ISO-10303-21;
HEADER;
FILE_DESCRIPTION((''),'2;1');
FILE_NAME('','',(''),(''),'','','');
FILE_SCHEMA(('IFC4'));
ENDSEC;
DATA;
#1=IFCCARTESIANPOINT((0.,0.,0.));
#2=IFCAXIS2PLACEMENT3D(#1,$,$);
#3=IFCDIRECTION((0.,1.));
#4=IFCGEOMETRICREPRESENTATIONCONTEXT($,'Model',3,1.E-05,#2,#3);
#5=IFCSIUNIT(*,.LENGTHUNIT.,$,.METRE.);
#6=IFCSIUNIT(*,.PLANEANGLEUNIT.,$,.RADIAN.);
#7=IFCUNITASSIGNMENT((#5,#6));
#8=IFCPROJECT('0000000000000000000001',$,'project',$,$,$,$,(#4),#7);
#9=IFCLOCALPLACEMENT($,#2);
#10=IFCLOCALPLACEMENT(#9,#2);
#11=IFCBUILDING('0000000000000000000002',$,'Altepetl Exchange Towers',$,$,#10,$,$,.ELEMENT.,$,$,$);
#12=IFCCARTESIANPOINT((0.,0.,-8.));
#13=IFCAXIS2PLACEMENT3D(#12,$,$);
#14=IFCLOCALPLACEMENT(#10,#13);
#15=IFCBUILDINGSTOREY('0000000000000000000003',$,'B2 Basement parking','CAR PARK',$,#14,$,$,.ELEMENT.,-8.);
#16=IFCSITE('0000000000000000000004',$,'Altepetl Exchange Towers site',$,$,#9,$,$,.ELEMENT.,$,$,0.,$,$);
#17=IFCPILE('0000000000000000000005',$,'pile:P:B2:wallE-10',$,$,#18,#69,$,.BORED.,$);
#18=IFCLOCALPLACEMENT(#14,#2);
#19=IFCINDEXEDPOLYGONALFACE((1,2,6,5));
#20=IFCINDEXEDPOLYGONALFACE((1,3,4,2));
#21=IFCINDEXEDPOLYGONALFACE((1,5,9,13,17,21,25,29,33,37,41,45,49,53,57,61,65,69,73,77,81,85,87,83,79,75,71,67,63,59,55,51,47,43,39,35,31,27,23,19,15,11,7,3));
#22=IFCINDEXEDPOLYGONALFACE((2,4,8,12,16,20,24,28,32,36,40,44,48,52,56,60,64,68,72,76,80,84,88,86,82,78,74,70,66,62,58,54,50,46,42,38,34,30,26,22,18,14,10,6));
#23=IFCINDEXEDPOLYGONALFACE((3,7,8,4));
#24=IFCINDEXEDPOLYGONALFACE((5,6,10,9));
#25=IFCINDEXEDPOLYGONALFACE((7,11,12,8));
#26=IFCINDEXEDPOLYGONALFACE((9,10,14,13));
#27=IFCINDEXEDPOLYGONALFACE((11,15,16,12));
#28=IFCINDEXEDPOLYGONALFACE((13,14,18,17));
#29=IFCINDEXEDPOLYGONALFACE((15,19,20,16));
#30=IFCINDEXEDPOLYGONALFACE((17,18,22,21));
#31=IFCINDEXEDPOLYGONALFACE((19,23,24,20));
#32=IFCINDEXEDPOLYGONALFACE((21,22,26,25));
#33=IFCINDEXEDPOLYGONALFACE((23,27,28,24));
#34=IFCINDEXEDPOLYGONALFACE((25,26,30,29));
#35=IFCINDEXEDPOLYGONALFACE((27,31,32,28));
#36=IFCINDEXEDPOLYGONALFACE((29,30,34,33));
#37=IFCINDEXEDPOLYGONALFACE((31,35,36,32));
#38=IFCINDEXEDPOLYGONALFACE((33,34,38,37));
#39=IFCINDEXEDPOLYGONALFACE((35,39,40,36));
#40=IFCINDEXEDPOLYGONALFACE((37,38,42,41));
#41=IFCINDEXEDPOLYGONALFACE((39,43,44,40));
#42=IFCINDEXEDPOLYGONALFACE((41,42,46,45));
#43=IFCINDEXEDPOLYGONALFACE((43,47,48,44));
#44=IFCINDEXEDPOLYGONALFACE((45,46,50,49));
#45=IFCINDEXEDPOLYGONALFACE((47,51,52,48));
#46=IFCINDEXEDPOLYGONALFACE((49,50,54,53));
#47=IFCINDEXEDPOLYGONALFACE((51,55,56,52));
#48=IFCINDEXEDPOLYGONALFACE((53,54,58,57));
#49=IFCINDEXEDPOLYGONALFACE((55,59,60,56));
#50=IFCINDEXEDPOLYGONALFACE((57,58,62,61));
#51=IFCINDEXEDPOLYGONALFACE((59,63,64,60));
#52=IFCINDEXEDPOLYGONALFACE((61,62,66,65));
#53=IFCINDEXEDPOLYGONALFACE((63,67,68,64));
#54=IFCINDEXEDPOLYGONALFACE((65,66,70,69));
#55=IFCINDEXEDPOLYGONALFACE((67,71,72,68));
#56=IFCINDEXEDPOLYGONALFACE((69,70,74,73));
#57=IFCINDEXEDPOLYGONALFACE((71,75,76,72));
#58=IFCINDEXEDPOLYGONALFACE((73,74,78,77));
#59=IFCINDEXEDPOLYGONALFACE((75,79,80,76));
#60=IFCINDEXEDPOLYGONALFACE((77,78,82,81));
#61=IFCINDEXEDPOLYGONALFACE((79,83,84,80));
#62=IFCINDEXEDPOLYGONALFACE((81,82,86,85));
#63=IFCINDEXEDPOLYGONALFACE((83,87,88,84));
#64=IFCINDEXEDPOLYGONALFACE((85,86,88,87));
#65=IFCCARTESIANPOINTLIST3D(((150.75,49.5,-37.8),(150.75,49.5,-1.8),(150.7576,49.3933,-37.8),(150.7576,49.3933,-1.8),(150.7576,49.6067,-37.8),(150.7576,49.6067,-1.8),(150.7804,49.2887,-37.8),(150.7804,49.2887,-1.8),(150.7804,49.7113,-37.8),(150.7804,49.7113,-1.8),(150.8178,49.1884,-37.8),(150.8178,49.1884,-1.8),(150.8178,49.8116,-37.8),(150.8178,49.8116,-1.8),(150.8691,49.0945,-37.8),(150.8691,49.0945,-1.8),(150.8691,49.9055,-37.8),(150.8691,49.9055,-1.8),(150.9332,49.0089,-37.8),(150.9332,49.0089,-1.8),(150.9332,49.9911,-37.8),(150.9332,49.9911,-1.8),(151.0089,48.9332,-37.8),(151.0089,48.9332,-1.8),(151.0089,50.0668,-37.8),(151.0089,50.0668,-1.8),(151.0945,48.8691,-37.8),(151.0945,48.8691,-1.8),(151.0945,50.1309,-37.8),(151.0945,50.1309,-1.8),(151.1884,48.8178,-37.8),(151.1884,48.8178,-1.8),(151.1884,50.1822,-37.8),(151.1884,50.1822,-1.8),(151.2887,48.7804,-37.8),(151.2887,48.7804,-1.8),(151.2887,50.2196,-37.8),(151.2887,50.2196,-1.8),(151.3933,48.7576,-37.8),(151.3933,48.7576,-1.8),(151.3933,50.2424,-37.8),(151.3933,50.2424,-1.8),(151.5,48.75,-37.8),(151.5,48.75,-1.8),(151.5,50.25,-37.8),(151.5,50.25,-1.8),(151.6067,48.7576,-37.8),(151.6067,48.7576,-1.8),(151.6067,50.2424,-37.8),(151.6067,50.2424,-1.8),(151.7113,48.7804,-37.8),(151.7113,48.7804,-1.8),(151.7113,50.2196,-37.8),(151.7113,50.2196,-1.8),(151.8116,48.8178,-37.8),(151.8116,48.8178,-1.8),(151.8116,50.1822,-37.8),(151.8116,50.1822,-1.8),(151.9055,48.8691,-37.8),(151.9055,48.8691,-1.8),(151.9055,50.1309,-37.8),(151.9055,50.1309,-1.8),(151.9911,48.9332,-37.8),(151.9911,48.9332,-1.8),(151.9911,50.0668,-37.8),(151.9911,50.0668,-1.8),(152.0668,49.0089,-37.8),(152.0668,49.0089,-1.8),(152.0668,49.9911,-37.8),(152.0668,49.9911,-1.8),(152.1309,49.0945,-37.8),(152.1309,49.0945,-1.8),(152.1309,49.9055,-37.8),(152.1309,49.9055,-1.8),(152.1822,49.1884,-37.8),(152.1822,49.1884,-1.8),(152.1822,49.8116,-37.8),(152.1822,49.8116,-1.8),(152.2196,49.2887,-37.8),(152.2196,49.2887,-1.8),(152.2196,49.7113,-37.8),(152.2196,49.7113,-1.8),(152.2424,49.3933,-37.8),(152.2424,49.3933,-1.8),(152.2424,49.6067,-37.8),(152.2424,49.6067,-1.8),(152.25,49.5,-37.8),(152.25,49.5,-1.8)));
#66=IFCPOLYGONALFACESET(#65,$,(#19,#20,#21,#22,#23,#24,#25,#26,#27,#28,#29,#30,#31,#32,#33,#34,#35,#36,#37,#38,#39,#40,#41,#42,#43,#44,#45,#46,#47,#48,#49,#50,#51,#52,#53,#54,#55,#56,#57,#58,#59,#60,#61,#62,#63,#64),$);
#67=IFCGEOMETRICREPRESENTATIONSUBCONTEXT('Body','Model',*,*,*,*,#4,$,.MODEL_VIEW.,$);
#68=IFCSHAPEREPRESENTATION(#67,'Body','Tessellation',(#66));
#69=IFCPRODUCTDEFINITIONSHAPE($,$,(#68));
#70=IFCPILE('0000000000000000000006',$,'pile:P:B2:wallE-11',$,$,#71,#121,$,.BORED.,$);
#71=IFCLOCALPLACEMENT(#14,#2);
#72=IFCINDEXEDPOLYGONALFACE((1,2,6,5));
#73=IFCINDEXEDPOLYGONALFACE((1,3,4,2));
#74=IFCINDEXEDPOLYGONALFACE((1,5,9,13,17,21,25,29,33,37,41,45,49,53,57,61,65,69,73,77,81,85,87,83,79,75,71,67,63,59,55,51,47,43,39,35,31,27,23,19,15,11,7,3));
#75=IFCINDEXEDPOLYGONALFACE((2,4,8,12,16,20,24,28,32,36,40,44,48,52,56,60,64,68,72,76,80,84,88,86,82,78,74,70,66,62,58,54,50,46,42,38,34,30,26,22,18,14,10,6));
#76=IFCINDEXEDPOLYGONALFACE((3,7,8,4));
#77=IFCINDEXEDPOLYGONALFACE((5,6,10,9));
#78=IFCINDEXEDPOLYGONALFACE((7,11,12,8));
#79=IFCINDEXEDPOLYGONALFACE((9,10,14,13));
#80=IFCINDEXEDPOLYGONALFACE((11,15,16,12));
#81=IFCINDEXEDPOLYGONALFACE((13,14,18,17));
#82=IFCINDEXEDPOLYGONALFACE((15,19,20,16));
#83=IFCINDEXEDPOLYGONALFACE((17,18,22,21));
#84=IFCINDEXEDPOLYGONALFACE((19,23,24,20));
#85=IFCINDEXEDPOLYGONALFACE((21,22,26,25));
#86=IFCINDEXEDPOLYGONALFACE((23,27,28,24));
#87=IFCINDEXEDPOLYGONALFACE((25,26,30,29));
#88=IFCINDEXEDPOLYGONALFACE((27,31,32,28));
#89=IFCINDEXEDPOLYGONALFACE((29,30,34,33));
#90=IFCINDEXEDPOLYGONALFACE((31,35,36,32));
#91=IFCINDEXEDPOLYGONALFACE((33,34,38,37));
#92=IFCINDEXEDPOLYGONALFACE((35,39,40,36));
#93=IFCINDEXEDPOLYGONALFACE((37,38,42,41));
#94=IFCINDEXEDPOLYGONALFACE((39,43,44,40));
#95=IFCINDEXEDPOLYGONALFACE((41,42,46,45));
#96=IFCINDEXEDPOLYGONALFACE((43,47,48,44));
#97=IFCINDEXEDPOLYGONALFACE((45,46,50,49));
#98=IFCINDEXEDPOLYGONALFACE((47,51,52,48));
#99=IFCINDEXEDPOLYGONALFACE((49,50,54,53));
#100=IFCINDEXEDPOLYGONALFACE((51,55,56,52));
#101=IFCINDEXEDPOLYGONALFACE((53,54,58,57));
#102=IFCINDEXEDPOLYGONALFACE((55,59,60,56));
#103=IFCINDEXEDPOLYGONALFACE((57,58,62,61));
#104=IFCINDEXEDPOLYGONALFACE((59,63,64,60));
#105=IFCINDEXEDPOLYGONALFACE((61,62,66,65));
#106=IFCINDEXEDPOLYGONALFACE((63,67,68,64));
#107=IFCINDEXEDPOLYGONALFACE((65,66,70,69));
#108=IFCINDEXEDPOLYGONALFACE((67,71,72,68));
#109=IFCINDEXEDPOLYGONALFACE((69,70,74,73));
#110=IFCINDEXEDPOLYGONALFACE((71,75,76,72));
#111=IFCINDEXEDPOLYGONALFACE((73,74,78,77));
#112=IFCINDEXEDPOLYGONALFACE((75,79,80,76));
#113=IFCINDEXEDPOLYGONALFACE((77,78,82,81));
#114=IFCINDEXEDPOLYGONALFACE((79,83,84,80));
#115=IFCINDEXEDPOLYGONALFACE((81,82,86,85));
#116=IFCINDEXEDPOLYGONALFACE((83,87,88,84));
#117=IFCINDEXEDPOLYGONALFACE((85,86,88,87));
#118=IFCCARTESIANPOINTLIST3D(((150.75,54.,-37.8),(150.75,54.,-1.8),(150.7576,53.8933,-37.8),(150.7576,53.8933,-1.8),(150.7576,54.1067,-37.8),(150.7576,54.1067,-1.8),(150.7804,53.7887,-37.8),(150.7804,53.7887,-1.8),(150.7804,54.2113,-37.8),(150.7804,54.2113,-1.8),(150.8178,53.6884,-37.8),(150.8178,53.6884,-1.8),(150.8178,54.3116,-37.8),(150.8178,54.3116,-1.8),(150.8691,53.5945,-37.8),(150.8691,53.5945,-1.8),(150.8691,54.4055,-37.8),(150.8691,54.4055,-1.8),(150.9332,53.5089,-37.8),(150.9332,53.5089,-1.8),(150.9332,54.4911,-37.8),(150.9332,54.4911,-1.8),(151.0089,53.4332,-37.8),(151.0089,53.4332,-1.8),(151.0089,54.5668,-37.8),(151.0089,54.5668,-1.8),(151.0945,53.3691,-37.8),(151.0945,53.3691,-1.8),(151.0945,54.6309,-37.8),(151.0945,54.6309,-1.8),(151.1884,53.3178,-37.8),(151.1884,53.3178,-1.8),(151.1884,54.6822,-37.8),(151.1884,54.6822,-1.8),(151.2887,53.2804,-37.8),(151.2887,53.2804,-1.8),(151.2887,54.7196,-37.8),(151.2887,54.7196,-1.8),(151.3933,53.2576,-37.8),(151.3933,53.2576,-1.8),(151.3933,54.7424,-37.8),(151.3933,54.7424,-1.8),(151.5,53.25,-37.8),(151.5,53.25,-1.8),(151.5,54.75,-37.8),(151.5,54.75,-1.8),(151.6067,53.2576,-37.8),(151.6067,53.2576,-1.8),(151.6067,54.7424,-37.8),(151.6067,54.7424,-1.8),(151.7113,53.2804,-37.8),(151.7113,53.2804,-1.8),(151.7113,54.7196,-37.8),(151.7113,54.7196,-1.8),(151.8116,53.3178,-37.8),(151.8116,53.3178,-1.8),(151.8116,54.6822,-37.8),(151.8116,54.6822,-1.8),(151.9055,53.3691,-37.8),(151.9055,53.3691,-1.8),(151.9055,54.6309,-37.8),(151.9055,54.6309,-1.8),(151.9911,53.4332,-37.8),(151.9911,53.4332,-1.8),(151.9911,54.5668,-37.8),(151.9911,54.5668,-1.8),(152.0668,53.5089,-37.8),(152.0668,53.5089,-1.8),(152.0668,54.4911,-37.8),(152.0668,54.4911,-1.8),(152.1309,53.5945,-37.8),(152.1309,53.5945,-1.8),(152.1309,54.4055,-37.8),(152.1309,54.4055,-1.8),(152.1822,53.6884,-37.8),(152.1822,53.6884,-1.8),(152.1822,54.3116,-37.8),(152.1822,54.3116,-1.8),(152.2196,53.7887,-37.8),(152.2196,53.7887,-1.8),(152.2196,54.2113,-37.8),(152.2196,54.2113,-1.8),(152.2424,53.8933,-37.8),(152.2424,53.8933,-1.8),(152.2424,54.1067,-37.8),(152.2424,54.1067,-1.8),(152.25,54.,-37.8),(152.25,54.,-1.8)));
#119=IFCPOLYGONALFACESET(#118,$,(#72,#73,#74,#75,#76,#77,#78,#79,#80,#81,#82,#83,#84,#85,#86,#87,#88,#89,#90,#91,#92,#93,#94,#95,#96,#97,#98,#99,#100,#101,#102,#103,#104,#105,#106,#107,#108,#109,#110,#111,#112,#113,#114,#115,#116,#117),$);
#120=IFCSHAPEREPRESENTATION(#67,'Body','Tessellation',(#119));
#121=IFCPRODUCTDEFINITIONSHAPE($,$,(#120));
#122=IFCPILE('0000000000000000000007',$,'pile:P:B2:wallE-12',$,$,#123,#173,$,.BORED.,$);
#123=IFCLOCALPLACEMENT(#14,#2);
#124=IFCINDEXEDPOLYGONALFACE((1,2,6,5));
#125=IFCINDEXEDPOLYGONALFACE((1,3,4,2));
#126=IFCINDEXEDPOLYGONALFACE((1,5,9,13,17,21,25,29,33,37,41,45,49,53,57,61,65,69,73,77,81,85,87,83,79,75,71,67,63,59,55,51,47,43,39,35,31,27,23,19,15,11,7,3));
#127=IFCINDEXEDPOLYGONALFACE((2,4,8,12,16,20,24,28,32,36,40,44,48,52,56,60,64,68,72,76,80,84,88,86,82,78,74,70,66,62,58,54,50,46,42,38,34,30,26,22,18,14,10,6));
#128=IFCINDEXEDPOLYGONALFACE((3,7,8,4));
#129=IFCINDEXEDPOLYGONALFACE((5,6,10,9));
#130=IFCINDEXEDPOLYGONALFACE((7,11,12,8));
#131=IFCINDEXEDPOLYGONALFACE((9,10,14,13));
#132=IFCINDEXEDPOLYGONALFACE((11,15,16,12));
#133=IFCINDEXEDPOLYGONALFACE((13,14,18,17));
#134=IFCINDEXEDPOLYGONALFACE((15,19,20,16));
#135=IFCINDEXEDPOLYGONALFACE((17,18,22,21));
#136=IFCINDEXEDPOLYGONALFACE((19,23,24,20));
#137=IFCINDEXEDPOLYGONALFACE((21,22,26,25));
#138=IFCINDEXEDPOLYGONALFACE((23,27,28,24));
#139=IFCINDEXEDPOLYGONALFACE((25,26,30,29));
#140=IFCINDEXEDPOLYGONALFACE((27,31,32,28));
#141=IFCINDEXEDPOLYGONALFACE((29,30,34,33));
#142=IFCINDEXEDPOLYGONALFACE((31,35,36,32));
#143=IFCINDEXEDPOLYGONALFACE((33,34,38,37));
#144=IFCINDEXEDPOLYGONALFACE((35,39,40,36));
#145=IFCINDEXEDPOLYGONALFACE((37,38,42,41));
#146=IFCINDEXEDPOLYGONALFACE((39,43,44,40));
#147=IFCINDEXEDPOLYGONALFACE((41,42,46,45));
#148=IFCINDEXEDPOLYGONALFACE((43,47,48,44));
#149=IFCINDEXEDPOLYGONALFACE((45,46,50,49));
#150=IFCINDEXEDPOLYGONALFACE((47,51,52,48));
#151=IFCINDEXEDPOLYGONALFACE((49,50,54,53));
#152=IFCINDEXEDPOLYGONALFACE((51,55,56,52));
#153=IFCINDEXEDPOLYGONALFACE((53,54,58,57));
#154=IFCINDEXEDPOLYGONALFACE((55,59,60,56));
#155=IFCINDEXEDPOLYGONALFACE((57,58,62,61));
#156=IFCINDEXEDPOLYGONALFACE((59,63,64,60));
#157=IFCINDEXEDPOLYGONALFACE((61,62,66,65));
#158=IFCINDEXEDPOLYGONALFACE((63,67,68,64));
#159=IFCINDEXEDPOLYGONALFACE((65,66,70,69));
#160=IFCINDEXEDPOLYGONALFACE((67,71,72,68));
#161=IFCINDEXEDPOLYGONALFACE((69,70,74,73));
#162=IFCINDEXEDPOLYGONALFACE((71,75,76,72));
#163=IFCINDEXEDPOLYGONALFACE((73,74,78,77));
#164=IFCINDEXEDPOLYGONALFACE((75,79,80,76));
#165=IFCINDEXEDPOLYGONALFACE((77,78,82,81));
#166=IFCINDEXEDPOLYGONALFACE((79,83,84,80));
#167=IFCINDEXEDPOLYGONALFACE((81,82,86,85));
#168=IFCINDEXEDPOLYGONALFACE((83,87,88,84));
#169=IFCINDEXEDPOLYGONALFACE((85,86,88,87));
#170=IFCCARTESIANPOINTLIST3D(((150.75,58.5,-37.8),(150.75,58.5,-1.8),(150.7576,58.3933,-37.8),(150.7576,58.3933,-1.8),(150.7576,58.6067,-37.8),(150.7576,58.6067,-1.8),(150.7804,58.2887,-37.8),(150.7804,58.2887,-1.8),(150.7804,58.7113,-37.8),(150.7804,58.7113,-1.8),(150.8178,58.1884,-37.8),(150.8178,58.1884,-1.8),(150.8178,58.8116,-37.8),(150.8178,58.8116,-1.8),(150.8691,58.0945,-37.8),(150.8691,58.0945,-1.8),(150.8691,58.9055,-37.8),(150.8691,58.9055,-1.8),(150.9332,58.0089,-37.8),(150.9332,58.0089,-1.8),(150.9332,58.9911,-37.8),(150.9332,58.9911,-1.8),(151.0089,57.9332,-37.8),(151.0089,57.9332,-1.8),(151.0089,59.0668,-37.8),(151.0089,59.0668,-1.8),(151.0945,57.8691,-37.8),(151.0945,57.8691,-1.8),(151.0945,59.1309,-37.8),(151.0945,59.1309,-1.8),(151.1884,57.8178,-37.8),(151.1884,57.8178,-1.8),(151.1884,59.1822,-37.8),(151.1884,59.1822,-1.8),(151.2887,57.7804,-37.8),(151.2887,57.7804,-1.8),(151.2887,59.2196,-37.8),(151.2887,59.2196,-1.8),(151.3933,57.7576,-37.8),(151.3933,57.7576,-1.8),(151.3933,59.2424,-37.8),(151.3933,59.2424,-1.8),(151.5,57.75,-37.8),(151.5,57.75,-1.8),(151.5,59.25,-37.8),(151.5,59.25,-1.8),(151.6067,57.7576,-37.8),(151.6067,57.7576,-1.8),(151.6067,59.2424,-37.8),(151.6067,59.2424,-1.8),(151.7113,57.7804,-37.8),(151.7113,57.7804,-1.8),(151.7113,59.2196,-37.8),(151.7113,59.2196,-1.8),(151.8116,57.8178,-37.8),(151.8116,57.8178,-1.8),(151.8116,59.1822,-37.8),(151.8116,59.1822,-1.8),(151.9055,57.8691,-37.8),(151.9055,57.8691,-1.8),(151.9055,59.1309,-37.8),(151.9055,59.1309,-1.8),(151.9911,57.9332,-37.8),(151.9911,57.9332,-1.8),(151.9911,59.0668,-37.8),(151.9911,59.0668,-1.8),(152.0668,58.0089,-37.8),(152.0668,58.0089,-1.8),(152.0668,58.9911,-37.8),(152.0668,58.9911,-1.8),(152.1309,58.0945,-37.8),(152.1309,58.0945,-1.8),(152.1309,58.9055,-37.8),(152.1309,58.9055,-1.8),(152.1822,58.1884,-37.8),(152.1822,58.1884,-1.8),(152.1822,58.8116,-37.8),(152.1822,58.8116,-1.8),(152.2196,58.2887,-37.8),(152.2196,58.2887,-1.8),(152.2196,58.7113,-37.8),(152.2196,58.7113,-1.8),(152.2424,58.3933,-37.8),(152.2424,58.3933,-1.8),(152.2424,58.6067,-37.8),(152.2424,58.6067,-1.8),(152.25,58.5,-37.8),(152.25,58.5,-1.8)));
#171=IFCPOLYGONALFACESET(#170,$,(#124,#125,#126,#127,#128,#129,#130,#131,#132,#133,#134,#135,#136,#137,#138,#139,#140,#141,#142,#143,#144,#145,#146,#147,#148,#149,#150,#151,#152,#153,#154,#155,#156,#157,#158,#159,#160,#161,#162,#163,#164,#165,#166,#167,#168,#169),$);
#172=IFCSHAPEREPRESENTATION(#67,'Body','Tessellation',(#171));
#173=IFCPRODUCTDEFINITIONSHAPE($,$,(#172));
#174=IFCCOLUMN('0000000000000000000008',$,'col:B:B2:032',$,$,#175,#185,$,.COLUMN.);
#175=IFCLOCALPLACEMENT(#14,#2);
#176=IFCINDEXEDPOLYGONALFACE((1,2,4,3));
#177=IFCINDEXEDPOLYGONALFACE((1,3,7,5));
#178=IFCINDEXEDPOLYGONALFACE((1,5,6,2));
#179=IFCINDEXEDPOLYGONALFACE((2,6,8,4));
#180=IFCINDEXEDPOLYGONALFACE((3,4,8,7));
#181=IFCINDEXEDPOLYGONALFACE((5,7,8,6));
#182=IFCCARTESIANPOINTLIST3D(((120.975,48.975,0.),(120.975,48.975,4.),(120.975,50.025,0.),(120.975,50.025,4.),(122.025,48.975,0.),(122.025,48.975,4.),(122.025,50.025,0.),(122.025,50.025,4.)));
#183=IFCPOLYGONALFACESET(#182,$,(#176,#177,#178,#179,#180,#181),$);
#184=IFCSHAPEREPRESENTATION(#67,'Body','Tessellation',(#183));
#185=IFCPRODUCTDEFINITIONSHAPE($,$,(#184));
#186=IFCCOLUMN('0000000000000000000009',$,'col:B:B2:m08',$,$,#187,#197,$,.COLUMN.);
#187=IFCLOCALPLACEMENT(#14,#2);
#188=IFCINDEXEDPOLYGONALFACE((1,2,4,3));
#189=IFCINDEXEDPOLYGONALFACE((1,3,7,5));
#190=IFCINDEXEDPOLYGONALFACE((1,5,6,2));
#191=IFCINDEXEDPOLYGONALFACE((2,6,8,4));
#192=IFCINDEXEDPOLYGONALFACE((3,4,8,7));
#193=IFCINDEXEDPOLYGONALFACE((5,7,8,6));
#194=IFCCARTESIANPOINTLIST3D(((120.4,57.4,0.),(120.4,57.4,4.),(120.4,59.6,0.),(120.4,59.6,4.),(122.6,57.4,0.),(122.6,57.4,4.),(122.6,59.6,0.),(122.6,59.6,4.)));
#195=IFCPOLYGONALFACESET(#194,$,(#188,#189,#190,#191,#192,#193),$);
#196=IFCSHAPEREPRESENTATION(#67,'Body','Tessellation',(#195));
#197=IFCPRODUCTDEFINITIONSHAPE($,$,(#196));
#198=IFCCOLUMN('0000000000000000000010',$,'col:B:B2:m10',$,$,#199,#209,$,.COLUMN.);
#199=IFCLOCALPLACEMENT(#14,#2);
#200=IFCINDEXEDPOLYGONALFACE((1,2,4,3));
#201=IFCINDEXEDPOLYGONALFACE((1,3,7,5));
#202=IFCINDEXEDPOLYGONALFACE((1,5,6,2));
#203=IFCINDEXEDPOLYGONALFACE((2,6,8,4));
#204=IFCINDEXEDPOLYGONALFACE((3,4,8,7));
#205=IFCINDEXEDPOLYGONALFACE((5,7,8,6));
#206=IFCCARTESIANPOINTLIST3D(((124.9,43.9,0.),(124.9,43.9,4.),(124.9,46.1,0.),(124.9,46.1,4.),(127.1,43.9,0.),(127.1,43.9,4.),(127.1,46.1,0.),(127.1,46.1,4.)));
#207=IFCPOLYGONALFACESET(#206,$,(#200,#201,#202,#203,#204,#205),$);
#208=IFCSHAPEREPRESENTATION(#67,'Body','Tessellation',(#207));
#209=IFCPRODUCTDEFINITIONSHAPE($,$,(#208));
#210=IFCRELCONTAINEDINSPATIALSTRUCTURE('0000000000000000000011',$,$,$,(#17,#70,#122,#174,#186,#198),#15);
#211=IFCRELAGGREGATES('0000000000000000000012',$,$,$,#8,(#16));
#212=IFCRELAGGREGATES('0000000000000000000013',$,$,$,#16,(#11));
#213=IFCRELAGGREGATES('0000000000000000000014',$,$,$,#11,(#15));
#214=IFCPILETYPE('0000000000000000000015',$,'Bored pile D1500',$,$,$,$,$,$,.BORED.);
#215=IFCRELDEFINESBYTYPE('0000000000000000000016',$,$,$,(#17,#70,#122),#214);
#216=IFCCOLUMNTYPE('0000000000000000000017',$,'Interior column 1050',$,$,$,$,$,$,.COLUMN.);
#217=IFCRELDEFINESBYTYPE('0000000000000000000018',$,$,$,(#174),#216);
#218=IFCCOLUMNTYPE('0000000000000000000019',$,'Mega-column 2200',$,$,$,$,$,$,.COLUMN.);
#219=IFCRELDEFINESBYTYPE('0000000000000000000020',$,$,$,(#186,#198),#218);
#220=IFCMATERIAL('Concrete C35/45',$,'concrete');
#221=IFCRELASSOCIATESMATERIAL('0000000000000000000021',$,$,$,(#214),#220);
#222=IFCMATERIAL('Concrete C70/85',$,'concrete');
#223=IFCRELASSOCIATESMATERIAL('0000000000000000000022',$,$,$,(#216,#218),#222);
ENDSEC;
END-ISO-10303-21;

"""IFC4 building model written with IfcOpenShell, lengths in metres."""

from ifc_helpers import new_model, si_unit, direction, frame, origin, origin_2d, place, context, subcontext, project, spatial, rectangle, circle, extrude, material, material_profile, profile_set, type_object, element, save


model = new_model("IFC4")

# Units and contexts
model_context = context("Model", 3, precision=1e-05, world=origin(), true_north=direction((0.0, 1.0)))
body_context = subcontext(model_context, "Body", "Model", "MODEL_VIEW")
ifc_project = project(units=[si_unit("LENGTHUNIT", "METRE"), si_unit("PLANEANGLEUNIT", "RADIAN")], contexts=[model_context])

# Site, building, storey
site_placement = place(None, origin())
site = spatial("IfcSite", under=ifc_project, at=site_placement, Name="Altepetl Exchange Towers site", CompositionType="ELEMENT", RefElevation=0.0)
building_placement = place(site_placement, origin())
building = spatial("IfcBuilding", under=site, at=building_placement, Name="Altepetl Exchange Towers", CompositionType="ELEMENT")
storey_placement = place(building_placement, frame((0.0, 0.0, -8.0)))
storey = spatial("IfcBuildingStorey", under=building, at=storey_placement, Name="B2 Basement parking", Description="CAR PARK", CompositionType="ELEMENT", Elevation=-8.0)

# Piles
ifc_material_1 = material(Name="Concrete C35/45", Category="concrete")
ifc_material_profile_1 = material_profile(ifc_material_1, circle(Radius=0.75, at=origin_2d()), Name="D1500")
ifc_profile_set_1 = profile_set([ifc_material_profile_1], Name="Concrete C35/45")
pile_type_1 = type_object("IfcPileType", Name="Bored pile D1500", PredefinedType="BORED", material=ifc_profile_set_1)
for number, where, z_axis, x_axis, name in (
    (1, (151.5, 49.5, -1.8), (0.0, 0.0, -1.0), (1.0, 0.0, 0.0), "pile:P:B2:wallE-10"),
    (2, (151.5, 54.0, -1.8), (0.0, 0.0, -1.0), (1.0, 0.0, 0.0), "pile:P:B2:wallE-11"),
    (3, (151.5, 58.5, -1.8), (0.0, 0.0, -1.0), (1.0, 0.0, 0.0), "pile:P:B2:wallE-12"),
):
    element("IfcPile", number, at=place(storey_placement, frame(where, z_axis=z_axis, x_axis=x_axis)), inside=storey, type_object=pile_type_1, Name=name, PredefinedType="BORED", context=body_context, shape_type="SweptSolid", body=[
        extrude(circle(Radius=0.75, at=origin_2d()), origin(), (0.0, 0.0, 1.0), 36.0),
    ])

# Columns
ifc_material_2 = material(Name="Concrete C70/85", Category="concrete")
ifc_material_profile_2 = material_profile(ifc_material_2, rectangle(XDim=1.05, YDim=1.05, at=origin_2d()), Name="1050 x 1050")
ifc_profile_set_2 = profile_set([ifc_material_profile_2], Name="Concrete C70/85")
column_type_1 = type_object("IfcColumnType", Name="Interior column 1050", PredefinedType="COLUMN", material=ifc_profile_set_2)
column_placement = place(storey_placement, frame((121.5, 49.5, 0.0)))
element("IfcColumn", 4, at=column_placement, inside=storey, type_object=column_type_1, Name="col:B:B2:032", PredefinedType="COLUMN", context=body_context, shape_type="SweptSolid", body=[
    extrude(rectangle(XDim=1.05, YDim=1.05, at=origin_2d()), origin(), (0.0, 0.0, 1.0), 4.0),
])
ifc_material_profile_3 = material_profile(ifc_material_2, rectangle(XDim=2.2, YDim=2.2, at=origin_2d()), Name="2200 x 2200")
ifc_profile_set_3 = profile_set([ifc_material_profile_3], Name="Concrete C70/85")
column_type_2 = type_object("IfcColumnType", Name="Mega-column 2200", PredefinedType="COLUMN", material=ifc_profile_set_3)
for number, where, name in (
    (5, (121.5, 58.5, 0.0), "col:B:B2:m08"),
    (6, (126.0, 45.0, 0.0), "col:B:B2:m10"),
):
    element("IfcColumn", number, at=place(storey_placement, frame(where)), inside=storey, type_object=column_type_2, Name=name, PredefinedType="COLUMN", context=body_context, shape_type="SweptSolid", body=[
        extrude(rectangle(XDim=2.2, YDim=2.2, at=origin_2d()), origin(), (0.0, 0.0, 1.0), 4.0),
    ])

save(model, "model.ifc")
